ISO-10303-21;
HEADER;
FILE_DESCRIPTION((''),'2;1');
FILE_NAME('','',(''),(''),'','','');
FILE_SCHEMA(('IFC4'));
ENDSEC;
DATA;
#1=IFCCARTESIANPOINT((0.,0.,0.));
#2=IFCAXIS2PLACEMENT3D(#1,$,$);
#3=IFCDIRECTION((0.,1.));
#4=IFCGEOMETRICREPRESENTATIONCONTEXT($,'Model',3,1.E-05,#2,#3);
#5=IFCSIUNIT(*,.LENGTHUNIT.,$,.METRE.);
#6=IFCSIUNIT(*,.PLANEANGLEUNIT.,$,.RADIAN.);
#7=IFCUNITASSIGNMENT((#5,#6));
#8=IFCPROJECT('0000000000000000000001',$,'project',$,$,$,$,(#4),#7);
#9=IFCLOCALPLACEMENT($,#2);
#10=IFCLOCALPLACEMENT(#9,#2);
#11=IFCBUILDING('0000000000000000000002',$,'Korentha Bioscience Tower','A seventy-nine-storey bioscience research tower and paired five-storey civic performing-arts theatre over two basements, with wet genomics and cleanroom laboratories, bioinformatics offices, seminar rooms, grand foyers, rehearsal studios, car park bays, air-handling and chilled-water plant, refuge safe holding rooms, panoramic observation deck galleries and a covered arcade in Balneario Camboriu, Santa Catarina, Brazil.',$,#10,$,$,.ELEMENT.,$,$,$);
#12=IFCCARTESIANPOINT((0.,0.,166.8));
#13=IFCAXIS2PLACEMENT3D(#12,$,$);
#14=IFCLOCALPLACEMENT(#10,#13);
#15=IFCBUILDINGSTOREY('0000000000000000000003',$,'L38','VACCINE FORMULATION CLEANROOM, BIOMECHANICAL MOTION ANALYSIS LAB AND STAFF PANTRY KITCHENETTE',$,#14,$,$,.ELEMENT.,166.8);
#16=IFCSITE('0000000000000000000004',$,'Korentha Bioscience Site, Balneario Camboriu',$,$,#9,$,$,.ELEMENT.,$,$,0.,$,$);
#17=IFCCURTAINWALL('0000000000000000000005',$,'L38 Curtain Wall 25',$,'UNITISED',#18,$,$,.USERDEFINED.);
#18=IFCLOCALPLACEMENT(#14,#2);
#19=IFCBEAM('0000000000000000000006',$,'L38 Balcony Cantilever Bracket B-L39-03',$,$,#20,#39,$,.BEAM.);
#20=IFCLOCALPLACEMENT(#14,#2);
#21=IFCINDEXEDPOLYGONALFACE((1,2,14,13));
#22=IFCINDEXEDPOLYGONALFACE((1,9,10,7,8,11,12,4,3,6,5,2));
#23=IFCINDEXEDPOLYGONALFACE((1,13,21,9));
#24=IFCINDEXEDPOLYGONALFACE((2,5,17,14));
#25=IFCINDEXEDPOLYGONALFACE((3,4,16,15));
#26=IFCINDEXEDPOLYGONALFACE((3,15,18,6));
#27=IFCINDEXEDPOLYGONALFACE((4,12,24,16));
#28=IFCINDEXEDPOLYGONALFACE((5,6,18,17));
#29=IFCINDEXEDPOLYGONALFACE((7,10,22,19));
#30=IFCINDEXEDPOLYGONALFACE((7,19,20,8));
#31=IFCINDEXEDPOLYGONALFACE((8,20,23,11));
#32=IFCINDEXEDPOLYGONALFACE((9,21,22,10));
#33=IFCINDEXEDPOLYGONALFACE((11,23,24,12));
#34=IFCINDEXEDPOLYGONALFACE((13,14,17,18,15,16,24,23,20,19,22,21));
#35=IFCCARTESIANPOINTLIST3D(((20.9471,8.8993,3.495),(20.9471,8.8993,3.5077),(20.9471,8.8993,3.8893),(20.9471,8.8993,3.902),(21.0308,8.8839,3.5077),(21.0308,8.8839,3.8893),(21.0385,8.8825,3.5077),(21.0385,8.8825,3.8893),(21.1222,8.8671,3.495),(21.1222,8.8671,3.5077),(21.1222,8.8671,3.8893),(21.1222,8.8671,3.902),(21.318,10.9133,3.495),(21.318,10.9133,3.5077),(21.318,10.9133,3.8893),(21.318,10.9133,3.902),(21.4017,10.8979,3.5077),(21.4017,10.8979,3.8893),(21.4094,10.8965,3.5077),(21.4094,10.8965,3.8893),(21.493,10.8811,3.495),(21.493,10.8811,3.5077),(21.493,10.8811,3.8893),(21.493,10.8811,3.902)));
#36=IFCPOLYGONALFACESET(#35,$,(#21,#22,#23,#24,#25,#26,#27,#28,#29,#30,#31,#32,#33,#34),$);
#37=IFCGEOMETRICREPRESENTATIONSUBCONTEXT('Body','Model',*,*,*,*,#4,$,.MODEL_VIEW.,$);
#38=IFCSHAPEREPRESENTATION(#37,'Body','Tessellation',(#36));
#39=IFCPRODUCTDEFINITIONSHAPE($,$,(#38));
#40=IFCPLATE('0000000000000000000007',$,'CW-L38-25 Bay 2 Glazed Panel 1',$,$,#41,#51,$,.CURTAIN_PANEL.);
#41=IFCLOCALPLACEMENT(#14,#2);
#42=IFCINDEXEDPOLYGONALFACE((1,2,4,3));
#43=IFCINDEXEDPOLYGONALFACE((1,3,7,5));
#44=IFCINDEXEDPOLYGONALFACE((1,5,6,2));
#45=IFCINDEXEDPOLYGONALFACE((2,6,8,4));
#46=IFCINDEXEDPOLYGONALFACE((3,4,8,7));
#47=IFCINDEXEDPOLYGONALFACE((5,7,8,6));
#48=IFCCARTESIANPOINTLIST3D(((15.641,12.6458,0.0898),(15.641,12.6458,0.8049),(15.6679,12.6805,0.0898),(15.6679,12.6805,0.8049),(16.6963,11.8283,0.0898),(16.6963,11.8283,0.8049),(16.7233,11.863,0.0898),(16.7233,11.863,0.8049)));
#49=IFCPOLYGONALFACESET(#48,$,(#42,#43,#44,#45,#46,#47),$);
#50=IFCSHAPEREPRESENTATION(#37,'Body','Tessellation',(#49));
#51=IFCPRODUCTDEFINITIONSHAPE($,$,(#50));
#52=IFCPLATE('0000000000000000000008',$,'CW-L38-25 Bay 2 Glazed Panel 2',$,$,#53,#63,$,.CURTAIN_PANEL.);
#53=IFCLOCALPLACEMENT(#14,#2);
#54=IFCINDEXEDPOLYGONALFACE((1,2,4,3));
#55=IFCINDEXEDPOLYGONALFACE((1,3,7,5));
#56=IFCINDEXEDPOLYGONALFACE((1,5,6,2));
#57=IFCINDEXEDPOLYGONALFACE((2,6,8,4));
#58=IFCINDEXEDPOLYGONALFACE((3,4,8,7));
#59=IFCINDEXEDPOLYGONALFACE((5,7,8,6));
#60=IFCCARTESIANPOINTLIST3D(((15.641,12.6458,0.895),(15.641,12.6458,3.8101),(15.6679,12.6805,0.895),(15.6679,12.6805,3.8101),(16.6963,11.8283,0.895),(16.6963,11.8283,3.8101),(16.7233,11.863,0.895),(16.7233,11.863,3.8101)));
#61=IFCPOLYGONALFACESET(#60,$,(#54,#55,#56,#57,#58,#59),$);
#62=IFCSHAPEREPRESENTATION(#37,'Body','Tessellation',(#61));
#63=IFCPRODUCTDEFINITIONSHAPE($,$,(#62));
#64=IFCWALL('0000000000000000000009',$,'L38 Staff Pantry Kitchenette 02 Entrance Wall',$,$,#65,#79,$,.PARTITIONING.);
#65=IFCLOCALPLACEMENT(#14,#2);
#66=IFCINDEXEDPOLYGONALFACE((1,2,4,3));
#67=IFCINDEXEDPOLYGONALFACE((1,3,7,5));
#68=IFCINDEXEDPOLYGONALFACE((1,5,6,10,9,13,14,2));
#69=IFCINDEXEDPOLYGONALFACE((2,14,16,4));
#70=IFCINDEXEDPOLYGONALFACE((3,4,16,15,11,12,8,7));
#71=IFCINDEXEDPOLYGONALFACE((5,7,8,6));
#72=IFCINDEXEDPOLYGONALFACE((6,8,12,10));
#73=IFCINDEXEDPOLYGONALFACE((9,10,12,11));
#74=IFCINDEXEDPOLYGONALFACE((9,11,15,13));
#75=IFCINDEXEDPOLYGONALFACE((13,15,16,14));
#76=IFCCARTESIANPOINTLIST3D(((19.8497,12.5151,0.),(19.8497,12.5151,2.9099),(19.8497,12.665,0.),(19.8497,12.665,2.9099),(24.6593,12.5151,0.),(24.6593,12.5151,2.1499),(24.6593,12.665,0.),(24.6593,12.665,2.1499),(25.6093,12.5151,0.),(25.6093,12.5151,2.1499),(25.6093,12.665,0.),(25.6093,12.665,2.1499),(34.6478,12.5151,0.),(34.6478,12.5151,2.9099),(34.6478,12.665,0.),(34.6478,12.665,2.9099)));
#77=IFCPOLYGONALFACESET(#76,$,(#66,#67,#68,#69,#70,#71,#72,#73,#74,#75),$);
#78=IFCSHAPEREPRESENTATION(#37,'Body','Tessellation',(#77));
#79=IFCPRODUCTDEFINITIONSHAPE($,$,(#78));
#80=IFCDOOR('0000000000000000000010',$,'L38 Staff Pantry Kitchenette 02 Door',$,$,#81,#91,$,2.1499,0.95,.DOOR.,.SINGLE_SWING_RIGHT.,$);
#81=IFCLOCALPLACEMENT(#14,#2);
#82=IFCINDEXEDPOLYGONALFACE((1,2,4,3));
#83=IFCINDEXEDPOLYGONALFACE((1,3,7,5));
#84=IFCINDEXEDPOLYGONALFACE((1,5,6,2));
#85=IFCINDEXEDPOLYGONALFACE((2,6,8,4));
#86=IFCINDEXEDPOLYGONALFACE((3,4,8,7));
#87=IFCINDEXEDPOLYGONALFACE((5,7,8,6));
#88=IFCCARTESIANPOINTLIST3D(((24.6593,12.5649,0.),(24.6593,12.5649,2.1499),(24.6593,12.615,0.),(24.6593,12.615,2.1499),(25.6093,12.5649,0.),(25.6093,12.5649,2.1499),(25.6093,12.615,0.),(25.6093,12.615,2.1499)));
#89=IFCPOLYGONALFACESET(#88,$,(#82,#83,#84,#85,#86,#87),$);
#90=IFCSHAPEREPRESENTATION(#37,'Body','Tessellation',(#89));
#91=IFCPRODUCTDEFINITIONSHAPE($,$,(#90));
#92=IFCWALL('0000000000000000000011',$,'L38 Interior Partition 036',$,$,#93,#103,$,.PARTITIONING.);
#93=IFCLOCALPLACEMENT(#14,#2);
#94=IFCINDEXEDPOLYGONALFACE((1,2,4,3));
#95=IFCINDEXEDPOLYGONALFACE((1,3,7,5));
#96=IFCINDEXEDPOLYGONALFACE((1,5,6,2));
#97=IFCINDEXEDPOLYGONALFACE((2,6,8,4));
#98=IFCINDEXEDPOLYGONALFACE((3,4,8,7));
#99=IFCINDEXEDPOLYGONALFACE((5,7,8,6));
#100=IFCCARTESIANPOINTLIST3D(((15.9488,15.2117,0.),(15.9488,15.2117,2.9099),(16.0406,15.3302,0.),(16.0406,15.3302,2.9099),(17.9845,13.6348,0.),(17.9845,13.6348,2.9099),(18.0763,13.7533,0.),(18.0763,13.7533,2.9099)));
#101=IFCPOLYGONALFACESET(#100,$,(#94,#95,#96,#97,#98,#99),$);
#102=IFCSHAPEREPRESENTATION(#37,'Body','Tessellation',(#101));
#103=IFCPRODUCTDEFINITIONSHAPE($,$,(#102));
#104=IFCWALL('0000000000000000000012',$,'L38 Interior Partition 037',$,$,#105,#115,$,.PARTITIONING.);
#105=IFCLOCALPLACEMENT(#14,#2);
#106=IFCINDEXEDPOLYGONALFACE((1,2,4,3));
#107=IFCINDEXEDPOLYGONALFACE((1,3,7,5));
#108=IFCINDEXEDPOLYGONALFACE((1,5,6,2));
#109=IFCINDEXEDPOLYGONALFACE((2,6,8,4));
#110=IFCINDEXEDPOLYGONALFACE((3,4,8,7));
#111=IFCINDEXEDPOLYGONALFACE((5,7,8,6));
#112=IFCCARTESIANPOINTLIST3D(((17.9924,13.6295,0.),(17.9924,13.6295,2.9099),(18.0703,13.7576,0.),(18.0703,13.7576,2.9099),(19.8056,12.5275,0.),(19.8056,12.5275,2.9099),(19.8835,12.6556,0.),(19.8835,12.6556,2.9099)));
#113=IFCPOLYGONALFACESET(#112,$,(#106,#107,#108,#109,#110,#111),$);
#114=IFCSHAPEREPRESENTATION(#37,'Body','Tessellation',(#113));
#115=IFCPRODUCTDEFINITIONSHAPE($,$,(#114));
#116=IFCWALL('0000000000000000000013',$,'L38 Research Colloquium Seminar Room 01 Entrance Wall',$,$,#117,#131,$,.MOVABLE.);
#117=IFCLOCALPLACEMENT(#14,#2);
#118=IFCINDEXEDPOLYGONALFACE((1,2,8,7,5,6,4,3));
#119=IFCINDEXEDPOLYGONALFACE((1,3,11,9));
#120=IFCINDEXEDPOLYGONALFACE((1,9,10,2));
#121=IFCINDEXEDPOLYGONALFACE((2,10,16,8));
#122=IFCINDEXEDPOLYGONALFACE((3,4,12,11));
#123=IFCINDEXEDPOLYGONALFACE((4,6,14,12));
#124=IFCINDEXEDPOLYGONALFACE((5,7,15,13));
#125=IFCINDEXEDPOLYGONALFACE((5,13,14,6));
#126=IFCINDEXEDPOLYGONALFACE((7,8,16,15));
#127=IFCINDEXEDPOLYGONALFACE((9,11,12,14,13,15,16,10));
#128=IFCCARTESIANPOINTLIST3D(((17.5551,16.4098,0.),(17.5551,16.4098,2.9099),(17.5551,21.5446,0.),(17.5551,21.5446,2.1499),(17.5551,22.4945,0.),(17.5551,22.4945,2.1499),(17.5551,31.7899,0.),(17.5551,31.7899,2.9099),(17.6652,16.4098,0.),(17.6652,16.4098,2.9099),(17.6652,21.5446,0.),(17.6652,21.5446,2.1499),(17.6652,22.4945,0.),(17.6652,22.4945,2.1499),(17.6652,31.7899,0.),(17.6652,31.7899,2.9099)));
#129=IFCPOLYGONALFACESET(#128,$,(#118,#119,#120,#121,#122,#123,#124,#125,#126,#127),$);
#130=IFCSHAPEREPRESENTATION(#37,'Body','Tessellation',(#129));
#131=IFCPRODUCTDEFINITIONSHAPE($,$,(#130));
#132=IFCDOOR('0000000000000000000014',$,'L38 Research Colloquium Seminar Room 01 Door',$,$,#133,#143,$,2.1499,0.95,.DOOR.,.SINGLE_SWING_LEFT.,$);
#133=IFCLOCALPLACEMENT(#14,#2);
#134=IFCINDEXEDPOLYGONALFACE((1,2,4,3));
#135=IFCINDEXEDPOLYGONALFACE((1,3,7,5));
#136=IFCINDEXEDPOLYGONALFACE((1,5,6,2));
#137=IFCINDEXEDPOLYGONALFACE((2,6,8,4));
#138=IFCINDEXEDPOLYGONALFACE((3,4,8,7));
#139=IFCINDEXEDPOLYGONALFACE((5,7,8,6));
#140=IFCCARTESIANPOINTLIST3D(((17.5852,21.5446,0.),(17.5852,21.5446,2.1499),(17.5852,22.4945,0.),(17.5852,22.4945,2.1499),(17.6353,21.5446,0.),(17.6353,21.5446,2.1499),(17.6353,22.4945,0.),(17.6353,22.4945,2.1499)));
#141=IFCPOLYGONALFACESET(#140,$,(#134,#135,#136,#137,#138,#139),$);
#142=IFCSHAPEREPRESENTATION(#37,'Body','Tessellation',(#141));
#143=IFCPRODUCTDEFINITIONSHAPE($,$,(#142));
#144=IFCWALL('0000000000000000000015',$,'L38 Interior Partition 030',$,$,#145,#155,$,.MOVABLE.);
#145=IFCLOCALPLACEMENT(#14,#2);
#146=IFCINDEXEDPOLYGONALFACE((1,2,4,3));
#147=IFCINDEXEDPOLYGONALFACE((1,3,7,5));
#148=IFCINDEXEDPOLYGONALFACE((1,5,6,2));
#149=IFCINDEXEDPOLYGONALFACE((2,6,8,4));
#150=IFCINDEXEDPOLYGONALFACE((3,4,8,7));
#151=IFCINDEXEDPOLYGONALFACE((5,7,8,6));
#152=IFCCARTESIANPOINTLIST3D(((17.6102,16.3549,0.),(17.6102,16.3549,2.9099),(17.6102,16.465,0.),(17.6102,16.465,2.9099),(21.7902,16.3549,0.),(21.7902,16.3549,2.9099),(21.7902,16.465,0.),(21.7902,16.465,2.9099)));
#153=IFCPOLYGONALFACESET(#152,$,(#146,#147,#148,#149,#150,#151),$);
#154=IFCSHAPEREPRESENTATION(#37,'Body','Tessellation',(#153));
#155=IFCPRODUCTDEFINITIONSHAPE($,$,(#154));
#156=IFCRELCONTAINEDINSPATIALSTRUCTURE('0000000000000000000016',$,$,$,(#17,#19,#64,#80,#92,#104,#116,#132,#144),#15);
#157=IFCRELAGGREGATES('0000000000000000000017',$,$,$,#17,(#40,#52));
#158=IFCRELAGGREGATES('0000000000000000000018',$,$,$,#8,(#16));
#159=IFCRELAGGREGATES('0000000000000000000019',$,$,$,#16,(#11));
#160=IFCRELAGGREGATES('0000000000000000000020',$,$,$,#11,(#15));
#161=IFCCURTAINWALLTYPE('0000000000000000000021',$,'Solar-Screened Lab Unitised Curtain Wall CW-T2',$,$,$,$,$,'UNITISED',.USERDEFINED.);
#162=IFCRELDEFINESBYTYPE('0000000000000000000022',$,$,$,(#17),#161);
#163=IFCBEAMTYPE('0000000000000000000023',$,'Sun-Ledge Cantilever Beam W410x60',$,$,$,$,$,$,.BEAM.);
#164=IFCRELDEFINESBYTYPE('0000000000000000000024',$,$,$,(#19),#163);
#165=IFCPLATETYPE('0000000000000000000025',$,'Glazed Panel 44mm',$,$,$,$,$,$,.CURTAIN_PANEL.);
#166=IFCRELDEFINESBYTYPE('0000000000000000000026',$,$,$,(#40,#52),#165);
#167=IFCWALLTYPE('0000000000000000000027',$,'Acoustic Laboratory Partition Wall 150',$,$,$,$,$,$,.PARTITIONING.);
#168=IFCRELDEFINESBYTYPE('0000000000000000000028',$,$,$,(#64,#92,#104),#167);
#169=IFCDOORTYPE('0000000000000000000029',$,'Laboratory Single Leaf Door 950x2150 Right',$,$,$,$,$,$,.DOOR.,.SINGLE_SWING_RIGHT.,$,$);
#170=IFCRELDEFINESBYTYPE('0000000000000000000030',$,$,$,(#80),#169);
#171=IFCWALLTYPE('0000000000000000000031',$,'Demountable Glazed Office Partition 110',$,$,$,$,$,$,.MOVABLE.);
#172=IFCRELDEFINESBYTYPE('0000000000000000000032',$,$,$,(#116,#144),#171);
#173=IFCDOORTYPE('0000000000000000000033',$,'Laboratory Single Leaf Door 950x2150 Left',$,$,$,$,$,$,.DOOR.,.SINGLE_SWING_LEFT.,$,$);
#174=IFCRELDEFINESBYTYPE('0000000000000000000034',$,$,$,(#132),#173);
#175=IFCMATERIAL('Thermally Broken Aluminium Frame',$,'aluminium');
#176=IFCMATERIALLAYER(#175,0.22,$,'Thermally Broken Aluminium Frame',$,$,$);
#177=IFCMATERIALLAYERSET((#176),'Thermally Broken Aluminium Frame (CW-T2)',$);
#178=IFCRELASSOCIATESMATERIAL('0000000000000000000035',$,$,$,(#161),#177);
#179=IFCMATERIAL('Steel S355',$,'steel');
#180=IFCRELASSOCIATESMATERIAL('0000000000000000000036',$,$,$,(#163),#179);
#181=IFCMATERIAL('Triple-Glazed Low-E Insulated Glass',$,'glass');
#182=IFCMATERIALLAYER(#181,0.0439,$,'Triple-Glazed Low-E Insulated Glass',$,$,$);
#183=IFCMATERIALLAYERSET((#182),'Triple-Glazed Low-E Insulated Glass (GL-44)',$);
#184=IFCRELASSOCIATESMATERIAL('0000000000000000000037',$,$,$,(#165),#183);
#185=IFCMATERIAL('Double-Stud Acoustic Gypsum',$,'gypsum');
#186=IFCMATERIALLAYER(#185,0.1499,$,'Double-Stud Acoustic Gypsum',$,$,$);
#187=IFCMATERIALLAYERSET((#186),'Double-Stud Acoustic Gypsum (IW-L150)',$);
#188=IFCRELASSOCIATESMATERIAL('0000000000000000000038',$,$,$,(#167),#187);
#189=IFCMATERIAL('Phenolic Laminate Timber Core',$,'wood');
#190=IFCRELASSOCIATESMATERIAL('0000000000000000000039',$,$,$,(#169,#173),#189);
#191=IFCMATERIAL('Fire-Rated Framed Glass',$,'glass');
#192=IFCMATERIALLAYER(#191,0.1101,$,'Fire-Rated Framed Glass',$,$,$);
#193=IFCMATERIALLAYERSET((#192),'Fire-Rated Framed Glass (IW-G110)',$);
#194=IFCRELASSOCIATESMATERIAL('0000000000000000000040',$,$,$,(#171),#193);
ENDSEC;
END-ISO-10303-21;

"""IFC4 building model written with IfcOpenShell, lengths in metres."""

from ifc_helpers import new_model, si_unit, direction, frame, frame_2d, origin, origin_2d, place, context, subcontext, project, spatial, rectangle, i_section, extrude, material, layer, layer_set, material_profile, profile_set, type_object, element, fill, aggregate, save


model = new_model("IFC4")

# Units and contexts
model_context = context("Model", 3, precision=1e-05, world=origin(), true_north=direction((0.0, 1.0)))
body_context = subcontext(model_context, "Body", "Model", "MODEL_VIEW")
ifc_project = project(units=[si_unit("LENGTHUNIT", "METRE"), si_unit("PLANEANGLEUNIT", "RADIAN")], contexts=[model_context])

# Site, building, storey
site_placement = place(None, origin())
site = spatial("IfcSite", under=ifc_project, at=site_placement, Name="Korentha Bioscience Site, Balneario Camboriu", CompositionType="ELEMENT", RefElevation=0.0)
building_placement = place(site_placement, origin())
building = spatial("IfcBuilding", under=site, at=building_placement, Name="Korentha Bioscience Tower", Description="A seventy-nine-storey bioscience research tower and paired five-storey civic performing-arts theatre over two basements, with wet genomics and cleanroom laboratories, bioinformatics offices, seminar rooms, grand foyers, rehearsal studios, car park bays, air-handling and chilled-water plant, refuge safe holding rooms, panoramic observation deck galleries and a covered arcade in Balneario Camboriu, Santa Catarina, Brazil.", CompositionType="ELEMENT")
storey_placement = place(building_placement, frame((0.0, 0.0, 166.8)))
storey = spatial("IfcBuildingStorey", under=building, at=storey_placement, Name="L38", Description="VACCINE FORMULATION CLEANROOM, BIOMECHANICAL MOTION ANALYSIS LAB AND STAFF PANTRY KITCHENETTE", CompositionType="ELEMENT", Elevation=166.8)

# Curtain wall
ifc_material_1 = material(Name="Thermally Broken Aluminium Frame", Category="aluminium")
ifc_layer_1 = layer(ifc_material_1, 0.22, Name="Thermally Broken Aluminium Frame")
ifc_layer_set_1 = layer_set([ifc_layer_1], Name="Thermally Broken Aluminium Frame (CW-T2)")
curtain_wall_type = type_object("IfcCurtainWallType", Name="Solar-Screened Lab Unitised Curtain Wall CW-T2", ElementType="UNITISED", PredefinedType="USERDEFINED", material=ifc_layer_set_1)
curtain_wall_placement = place(storey_placement, origin())
curtain_wall = element("IfcCurtainWall", 1, at=curtain_wall_placement, inside=storey, type_object=curtain_wall_type, Name="L38 Curtain Wall 25", ObjectType="UNITISED", PredefinedType="USERDEFINED")

# Beam
ifc_material_2 = material(Name="Steel S355", Category="steel")
ifc_material_profile_1 = material_profile(ifc_material_2, i_section(OverallWidth=0.178, OverallDepth=0.407, WebThickness=0.0078, FlangeThickness=0.0127, at=origin_2d()), Name="Steel S355")
ifc_profile_set_1 = profile_set([ifc_material_profile_1], Name="Steel S355 (CB-410)")
beam_type_1 = type_object("IfcBeamType", Name="Sun-Ledge Cantilever Beam W410x60", PredefinedType="BEAM", material=ifc_profile_set_1)
beam_1_placement = place(storey_placement, frame((21.4055, 10.8972, 3.6985), z_axis=(-0.181099, -0.983465, 0.0), x_axis=(0.983465, -0.181099, 0.0)))
element("IfcBeam", 2, at=beam_1_placement, inside=storey, type_object=beam_type_1, Name="L38 Balcony Cantilever Bracket B-L39-03", PredefinedType="BEAM", context=body_context, shape_type="SweptSolid", body=[
    extrude(i_section(OverallWidth=0.178, OverallDepth=0.407, WebThickness=0.0078, FlangeThickness=0.0127, at=origin_2d()), origin(), (0.0, 0.0, 1.0), 2.0479),
])

# Plates
ifc_material_3 = material(Name="Triple-Glazed Low-E Insulated Glass", Category="glass")
ifc_layer_2 = layer(ifc_material_3, 0.0439, Name="Triple-Glazed Low-E Insulated Glass")
ifc_layer_set_2 = layer_set([ifc_layer_2], Name="Triple-Glazed Low-E Insulated Glass (GL-44)")
plate_type = type_object("IfcPlateType", Name="Glazed Panel 44mm", PredefinedType="CURTAIN_PANEL", material=ifc_layer_set_2)
plate_1_placement = place(storey_placement, frame((16.1821, 12.2544, 0.0898), z_axis=(0.0, 0.0, 1.0), x_axis=(0.790547, -0.612402, 0.0)))
plate_1 = element("IfcPlate", 3, at=plate_1_placement, type_object=plate_type, Name="CW-L38-25 Bay 2 Glazed Panel 1", PredefinedType="CURTAIN_PANEL", context=body_context, shape_type="SweptSolid", body=[
    extrude(rectangle(XDim=1.335, YDim=0.0439, at=origin_2d()), origin(), (0.0, 0.0, 1.0), 0.7151),
])
plate_2_placement = place(storey_placement, frame((16.1821, 12.2544, 0.895), z_axis=(0.0, 0.0, 1.0), x_axis=(0.790547, -0.612402, 0.0)))
plate_2 = element("IfcPlate", 4, at=plate_2_placement, type_object=plate_type, Name="CW-L38-25 Bay 2 Glazed Panel 2", PredefinedType="CURTAIN_PANEL", context=body_context, shape_type="SweptSolid", body=[
    extrude(rectangle(XDim=1.335, YDim=0.0439, at=origin_2d()), origin(), (0.0, 0.0, 1.0), 2.915),
])
aggregate(curtain_wall, [plate_1, plate_2])

# Wall, opening, door
ifc_material_4 = material(Name="Double-Stud Acoustic Gypsum", Category="gypsum")
ifc_layer_3 = layer(ifc_material_4, 0.1499, Name="Double-Stud Acoustic Gypsum")
ifc_layer_set_3 = layer_set([ifc_layer_3], Name="Double-Stud Acoustic Gypsum (IW-L150)")
wall_type_1 = type_object("IfcWallType", Name="Acoustic Laboratory Partition Wall 150", PredefinedType="PARTITIONING", material=ifc_layer_set_3)
wall_1_placement = place(storey_placement, frame((19.8499, 12.5901, 0.0), z_axis=(0.0, 0.0, 1.0), x_axis=(1.0, 0.0, 0.0)))
wall_1 = element("IfcWall", 5, at=wall_1_placement, inside=storey, type_object=wall_type_1, Name="L38 Staff Pantry Kitchenette 02 Entrance Wall", PredefinedType="PARTITIONING", context=body_context, shape_type="SweptSolid", body=[
    extrude(rectangle(XDim=14.7981, YDim=0.1499, at=frame_2d((7.3989, 0.0))), origin(), (0.0, 0.0, 1.0), 2.9099),
])
opening_1_placement = place(wall_1_placement, frame((4.8093, 0.0, 0.0)))
opening_1 = element("IfcOpeningElement", 6, at=opening_1_placement, cuts=wall_1, PredefinedType="OPENING", context=body_context, shape_type="SweptSolid", body=[
    extrude(rectangle(XDim=0.95, YDim=2.1499, at=frame_2d((0.4751, 1.075))), frame((0.0, 0.0898, 0.0), z_axis=(0.0, -1.0, 0.0), x_axis=(1.0, 0.0, 0.0)), (0.0, 0.0, 1.0), 0.1797),
])
ifc_material_5 = material(Name="Phenolic Laminate Timber Core", Category="wood")
door_type_1 = type_object("IfcDoorType", Name="Laboratory Single Leaf Door 950x2150 Right", OperationType="SINGLE_SWING_RIGHT", PredefinedType="DOOR", material=ifc_material_5)
door_1_placement = place(opening_1_placement, origin())
door_1 = element("IfcDoor", 7, at=door_1_placement, inside=storey, type_object=door_type_1, Name="L38 Staff Pantry Kitchenette 02 Door", OperationType="SINGLE_SWING_RIGHT", OverallHeight=2.1499, OverallWidth=0.95, PredefinedType="DOOR", context=body_context, shape_type="SweptSolid", body=[
    extrude(rectangle(XDim=0.95, YDim=2.1499, at=frame_2d((0.4751, 1.075))), frame((0.0, 0.0249, 0.0), z_axis=(0.0, -1.0, 0.0), x_axis=(1.0, 0.0, 0.0)), (0.0, 0.0, 1.0), 0.05),
])
fill(opening_1, door_1)

# Walls
wall_2_placement = place(storey_placement, frame((15.9946, 15.271, 0.0), z_axis=(0.0, 0.0, 1.0), x_axis=(0.79055, -0.612397, 0.0)))
element("IfcWall", 8, at=wall_2_placement, inside=storey, type_object=wall_type_1, Name="L38 Interior Partition 036", PredefinedType="PARTITIONING", context=body_context, shape_type="SweptSolid", body=[
    extrude(rectangle(XDim=2.575, YDim=0.1499, at=frame_2d((1.2876, 0.0))), origin(), (0.0, 0.0, 1.0), 2.9099),
])
wall_3_placement = place(storey_placement, frame((18.0312, 13.6936, 0.0), z_axis=(0.0, 0.0, 1.0), x_axis=(0.854545, -0.519377, 0.0)))
element("IfcWall", 9, at=wall_3_placement, inside=storey, type_object=wall_type_1, Name="L38 Interior Partition 037", PredefinedType="PARTITIONING", context=body_context, shape_type="SweptSolid", body=[
    extrude(rectangle(XDim=2.1218, YDim=0.1499, at=frame_2d((1.061, 0.0))), origin(), (0.0, 0.0, 1.0), 2.9099),
])

# Wall, opening, door
ifc_material_6 = material(Name="Fire-Rated Framed Glass", Category="glass")
ifc_layer_4 = layer(ifc_material_6, 0.1101, Name="Fire-Rated Framed Glass")
ifc_layer_set_4 = layer_set([ifc_layer_4], Name="Fire-Rated Framed Glass (IW-G110)")
wall_type_2 = type_object("IfcWallType", Name="Demountable Glazed Office Partition 110", PredefinedType="MOVABLE", material=ifc_layer_set_4)
wall_4_placement = place(storey_placement, frame((17.6101, 16.4099, 0.0), z_axis=(0.0, 0.0, 1.0), x_axis=(0.0, 1.0, 0.0)))
wall_4 = element("IfcWall", 10, at=wall_4_placement, inside=storey, type_object=wall_type_2, Name="L38 Research Colloquium Seminar Room 01 Entrance Wall", PredefinedType="MOVABLE", context=body_context, shape_type="SweptSolid", body=[
    extrude(rectangle(XDim=15.3801, YDim=0.1101, at=frame_2d((7.6899, 0.0))), origin(), (0.0, 0.0, 1.0), 2.9099),
])
opening_2_placement = place(wall_4_placement, frame((5.1345, 0.0, 0.0)))
opening_2 = element("IfcOpeningElement", 11, at=opening_2_placement, cuts=wall_4, PredefinedType="OPENING", context=body_context, shape_type="SweptSolid", body=[
    extrude(rectangle(XDim=0.95, YDim=2.1499, at=frame_2d((0.4751, 1.075))), frame((0.0, 0.0698, 0.0), z_axis=(0.0, -1.0, 0.0), x_axis=(1.0, 0.0, 0.0)), (0.0, 0.0, 1.0), 0.1399),
])
door_type_2 = type_object("IfcDoorType", Name="Laboratory Single Leaf Door 950x2150 Left", OperationType="SINGLE_SWING_LEFT", PredefinedType="DOOR", material=ifc_material_5)
door_2_placement = place(opening_2_placement, origin())
door_2 = element("IfcDoor", 12, at=door_2_placement, inside=storey, type_object=door_type_2, Name="L38 Research Colloquium Seminar Room 01 Door", OperationType="SINGLE_SWING_LEFT", OverallHeight=2.1499, OverallWidth=0.95, PredefinedType="DOOR", context=body_context, shape_type="SweptSolid", body=[
    extrude(rectangle(XDim=0.95, YDim=2.1499, at=frame_2d((0.4751, 1.075))), frame((0.0, 0.0249, 0.0), z_axis=(0.0, -1.0, 0.0), x_axis=(1.0, 0.0, 0.0)), (0.0, 0.0, 1.0), 0.05),
])
fill(opening_2, door_2)

# Wall
wall_5_placement = place(storey_placement, frame((21.79, 16.4099, 0.0), z_axis=(0.0, 0.0, 1.0), x_axis=(-1.0, 0.0, 0.0)))
element("IfcWall", 13, at=wall_5_placement, inside=storey, type_object=wall_type_2, Name="L38 Interior Partition 030", PredefinedType="MOVABLE", context=body_context, shape_type="SweptSolid", body=[
    extrude(rectangle(XDim=4.1799, YDim=0.1101, at=frame_2d((2.0898, 0.0))), origin(), (0.0, 0.0, 1.0), 2.9099),
])

save(model, "model.ifc")
